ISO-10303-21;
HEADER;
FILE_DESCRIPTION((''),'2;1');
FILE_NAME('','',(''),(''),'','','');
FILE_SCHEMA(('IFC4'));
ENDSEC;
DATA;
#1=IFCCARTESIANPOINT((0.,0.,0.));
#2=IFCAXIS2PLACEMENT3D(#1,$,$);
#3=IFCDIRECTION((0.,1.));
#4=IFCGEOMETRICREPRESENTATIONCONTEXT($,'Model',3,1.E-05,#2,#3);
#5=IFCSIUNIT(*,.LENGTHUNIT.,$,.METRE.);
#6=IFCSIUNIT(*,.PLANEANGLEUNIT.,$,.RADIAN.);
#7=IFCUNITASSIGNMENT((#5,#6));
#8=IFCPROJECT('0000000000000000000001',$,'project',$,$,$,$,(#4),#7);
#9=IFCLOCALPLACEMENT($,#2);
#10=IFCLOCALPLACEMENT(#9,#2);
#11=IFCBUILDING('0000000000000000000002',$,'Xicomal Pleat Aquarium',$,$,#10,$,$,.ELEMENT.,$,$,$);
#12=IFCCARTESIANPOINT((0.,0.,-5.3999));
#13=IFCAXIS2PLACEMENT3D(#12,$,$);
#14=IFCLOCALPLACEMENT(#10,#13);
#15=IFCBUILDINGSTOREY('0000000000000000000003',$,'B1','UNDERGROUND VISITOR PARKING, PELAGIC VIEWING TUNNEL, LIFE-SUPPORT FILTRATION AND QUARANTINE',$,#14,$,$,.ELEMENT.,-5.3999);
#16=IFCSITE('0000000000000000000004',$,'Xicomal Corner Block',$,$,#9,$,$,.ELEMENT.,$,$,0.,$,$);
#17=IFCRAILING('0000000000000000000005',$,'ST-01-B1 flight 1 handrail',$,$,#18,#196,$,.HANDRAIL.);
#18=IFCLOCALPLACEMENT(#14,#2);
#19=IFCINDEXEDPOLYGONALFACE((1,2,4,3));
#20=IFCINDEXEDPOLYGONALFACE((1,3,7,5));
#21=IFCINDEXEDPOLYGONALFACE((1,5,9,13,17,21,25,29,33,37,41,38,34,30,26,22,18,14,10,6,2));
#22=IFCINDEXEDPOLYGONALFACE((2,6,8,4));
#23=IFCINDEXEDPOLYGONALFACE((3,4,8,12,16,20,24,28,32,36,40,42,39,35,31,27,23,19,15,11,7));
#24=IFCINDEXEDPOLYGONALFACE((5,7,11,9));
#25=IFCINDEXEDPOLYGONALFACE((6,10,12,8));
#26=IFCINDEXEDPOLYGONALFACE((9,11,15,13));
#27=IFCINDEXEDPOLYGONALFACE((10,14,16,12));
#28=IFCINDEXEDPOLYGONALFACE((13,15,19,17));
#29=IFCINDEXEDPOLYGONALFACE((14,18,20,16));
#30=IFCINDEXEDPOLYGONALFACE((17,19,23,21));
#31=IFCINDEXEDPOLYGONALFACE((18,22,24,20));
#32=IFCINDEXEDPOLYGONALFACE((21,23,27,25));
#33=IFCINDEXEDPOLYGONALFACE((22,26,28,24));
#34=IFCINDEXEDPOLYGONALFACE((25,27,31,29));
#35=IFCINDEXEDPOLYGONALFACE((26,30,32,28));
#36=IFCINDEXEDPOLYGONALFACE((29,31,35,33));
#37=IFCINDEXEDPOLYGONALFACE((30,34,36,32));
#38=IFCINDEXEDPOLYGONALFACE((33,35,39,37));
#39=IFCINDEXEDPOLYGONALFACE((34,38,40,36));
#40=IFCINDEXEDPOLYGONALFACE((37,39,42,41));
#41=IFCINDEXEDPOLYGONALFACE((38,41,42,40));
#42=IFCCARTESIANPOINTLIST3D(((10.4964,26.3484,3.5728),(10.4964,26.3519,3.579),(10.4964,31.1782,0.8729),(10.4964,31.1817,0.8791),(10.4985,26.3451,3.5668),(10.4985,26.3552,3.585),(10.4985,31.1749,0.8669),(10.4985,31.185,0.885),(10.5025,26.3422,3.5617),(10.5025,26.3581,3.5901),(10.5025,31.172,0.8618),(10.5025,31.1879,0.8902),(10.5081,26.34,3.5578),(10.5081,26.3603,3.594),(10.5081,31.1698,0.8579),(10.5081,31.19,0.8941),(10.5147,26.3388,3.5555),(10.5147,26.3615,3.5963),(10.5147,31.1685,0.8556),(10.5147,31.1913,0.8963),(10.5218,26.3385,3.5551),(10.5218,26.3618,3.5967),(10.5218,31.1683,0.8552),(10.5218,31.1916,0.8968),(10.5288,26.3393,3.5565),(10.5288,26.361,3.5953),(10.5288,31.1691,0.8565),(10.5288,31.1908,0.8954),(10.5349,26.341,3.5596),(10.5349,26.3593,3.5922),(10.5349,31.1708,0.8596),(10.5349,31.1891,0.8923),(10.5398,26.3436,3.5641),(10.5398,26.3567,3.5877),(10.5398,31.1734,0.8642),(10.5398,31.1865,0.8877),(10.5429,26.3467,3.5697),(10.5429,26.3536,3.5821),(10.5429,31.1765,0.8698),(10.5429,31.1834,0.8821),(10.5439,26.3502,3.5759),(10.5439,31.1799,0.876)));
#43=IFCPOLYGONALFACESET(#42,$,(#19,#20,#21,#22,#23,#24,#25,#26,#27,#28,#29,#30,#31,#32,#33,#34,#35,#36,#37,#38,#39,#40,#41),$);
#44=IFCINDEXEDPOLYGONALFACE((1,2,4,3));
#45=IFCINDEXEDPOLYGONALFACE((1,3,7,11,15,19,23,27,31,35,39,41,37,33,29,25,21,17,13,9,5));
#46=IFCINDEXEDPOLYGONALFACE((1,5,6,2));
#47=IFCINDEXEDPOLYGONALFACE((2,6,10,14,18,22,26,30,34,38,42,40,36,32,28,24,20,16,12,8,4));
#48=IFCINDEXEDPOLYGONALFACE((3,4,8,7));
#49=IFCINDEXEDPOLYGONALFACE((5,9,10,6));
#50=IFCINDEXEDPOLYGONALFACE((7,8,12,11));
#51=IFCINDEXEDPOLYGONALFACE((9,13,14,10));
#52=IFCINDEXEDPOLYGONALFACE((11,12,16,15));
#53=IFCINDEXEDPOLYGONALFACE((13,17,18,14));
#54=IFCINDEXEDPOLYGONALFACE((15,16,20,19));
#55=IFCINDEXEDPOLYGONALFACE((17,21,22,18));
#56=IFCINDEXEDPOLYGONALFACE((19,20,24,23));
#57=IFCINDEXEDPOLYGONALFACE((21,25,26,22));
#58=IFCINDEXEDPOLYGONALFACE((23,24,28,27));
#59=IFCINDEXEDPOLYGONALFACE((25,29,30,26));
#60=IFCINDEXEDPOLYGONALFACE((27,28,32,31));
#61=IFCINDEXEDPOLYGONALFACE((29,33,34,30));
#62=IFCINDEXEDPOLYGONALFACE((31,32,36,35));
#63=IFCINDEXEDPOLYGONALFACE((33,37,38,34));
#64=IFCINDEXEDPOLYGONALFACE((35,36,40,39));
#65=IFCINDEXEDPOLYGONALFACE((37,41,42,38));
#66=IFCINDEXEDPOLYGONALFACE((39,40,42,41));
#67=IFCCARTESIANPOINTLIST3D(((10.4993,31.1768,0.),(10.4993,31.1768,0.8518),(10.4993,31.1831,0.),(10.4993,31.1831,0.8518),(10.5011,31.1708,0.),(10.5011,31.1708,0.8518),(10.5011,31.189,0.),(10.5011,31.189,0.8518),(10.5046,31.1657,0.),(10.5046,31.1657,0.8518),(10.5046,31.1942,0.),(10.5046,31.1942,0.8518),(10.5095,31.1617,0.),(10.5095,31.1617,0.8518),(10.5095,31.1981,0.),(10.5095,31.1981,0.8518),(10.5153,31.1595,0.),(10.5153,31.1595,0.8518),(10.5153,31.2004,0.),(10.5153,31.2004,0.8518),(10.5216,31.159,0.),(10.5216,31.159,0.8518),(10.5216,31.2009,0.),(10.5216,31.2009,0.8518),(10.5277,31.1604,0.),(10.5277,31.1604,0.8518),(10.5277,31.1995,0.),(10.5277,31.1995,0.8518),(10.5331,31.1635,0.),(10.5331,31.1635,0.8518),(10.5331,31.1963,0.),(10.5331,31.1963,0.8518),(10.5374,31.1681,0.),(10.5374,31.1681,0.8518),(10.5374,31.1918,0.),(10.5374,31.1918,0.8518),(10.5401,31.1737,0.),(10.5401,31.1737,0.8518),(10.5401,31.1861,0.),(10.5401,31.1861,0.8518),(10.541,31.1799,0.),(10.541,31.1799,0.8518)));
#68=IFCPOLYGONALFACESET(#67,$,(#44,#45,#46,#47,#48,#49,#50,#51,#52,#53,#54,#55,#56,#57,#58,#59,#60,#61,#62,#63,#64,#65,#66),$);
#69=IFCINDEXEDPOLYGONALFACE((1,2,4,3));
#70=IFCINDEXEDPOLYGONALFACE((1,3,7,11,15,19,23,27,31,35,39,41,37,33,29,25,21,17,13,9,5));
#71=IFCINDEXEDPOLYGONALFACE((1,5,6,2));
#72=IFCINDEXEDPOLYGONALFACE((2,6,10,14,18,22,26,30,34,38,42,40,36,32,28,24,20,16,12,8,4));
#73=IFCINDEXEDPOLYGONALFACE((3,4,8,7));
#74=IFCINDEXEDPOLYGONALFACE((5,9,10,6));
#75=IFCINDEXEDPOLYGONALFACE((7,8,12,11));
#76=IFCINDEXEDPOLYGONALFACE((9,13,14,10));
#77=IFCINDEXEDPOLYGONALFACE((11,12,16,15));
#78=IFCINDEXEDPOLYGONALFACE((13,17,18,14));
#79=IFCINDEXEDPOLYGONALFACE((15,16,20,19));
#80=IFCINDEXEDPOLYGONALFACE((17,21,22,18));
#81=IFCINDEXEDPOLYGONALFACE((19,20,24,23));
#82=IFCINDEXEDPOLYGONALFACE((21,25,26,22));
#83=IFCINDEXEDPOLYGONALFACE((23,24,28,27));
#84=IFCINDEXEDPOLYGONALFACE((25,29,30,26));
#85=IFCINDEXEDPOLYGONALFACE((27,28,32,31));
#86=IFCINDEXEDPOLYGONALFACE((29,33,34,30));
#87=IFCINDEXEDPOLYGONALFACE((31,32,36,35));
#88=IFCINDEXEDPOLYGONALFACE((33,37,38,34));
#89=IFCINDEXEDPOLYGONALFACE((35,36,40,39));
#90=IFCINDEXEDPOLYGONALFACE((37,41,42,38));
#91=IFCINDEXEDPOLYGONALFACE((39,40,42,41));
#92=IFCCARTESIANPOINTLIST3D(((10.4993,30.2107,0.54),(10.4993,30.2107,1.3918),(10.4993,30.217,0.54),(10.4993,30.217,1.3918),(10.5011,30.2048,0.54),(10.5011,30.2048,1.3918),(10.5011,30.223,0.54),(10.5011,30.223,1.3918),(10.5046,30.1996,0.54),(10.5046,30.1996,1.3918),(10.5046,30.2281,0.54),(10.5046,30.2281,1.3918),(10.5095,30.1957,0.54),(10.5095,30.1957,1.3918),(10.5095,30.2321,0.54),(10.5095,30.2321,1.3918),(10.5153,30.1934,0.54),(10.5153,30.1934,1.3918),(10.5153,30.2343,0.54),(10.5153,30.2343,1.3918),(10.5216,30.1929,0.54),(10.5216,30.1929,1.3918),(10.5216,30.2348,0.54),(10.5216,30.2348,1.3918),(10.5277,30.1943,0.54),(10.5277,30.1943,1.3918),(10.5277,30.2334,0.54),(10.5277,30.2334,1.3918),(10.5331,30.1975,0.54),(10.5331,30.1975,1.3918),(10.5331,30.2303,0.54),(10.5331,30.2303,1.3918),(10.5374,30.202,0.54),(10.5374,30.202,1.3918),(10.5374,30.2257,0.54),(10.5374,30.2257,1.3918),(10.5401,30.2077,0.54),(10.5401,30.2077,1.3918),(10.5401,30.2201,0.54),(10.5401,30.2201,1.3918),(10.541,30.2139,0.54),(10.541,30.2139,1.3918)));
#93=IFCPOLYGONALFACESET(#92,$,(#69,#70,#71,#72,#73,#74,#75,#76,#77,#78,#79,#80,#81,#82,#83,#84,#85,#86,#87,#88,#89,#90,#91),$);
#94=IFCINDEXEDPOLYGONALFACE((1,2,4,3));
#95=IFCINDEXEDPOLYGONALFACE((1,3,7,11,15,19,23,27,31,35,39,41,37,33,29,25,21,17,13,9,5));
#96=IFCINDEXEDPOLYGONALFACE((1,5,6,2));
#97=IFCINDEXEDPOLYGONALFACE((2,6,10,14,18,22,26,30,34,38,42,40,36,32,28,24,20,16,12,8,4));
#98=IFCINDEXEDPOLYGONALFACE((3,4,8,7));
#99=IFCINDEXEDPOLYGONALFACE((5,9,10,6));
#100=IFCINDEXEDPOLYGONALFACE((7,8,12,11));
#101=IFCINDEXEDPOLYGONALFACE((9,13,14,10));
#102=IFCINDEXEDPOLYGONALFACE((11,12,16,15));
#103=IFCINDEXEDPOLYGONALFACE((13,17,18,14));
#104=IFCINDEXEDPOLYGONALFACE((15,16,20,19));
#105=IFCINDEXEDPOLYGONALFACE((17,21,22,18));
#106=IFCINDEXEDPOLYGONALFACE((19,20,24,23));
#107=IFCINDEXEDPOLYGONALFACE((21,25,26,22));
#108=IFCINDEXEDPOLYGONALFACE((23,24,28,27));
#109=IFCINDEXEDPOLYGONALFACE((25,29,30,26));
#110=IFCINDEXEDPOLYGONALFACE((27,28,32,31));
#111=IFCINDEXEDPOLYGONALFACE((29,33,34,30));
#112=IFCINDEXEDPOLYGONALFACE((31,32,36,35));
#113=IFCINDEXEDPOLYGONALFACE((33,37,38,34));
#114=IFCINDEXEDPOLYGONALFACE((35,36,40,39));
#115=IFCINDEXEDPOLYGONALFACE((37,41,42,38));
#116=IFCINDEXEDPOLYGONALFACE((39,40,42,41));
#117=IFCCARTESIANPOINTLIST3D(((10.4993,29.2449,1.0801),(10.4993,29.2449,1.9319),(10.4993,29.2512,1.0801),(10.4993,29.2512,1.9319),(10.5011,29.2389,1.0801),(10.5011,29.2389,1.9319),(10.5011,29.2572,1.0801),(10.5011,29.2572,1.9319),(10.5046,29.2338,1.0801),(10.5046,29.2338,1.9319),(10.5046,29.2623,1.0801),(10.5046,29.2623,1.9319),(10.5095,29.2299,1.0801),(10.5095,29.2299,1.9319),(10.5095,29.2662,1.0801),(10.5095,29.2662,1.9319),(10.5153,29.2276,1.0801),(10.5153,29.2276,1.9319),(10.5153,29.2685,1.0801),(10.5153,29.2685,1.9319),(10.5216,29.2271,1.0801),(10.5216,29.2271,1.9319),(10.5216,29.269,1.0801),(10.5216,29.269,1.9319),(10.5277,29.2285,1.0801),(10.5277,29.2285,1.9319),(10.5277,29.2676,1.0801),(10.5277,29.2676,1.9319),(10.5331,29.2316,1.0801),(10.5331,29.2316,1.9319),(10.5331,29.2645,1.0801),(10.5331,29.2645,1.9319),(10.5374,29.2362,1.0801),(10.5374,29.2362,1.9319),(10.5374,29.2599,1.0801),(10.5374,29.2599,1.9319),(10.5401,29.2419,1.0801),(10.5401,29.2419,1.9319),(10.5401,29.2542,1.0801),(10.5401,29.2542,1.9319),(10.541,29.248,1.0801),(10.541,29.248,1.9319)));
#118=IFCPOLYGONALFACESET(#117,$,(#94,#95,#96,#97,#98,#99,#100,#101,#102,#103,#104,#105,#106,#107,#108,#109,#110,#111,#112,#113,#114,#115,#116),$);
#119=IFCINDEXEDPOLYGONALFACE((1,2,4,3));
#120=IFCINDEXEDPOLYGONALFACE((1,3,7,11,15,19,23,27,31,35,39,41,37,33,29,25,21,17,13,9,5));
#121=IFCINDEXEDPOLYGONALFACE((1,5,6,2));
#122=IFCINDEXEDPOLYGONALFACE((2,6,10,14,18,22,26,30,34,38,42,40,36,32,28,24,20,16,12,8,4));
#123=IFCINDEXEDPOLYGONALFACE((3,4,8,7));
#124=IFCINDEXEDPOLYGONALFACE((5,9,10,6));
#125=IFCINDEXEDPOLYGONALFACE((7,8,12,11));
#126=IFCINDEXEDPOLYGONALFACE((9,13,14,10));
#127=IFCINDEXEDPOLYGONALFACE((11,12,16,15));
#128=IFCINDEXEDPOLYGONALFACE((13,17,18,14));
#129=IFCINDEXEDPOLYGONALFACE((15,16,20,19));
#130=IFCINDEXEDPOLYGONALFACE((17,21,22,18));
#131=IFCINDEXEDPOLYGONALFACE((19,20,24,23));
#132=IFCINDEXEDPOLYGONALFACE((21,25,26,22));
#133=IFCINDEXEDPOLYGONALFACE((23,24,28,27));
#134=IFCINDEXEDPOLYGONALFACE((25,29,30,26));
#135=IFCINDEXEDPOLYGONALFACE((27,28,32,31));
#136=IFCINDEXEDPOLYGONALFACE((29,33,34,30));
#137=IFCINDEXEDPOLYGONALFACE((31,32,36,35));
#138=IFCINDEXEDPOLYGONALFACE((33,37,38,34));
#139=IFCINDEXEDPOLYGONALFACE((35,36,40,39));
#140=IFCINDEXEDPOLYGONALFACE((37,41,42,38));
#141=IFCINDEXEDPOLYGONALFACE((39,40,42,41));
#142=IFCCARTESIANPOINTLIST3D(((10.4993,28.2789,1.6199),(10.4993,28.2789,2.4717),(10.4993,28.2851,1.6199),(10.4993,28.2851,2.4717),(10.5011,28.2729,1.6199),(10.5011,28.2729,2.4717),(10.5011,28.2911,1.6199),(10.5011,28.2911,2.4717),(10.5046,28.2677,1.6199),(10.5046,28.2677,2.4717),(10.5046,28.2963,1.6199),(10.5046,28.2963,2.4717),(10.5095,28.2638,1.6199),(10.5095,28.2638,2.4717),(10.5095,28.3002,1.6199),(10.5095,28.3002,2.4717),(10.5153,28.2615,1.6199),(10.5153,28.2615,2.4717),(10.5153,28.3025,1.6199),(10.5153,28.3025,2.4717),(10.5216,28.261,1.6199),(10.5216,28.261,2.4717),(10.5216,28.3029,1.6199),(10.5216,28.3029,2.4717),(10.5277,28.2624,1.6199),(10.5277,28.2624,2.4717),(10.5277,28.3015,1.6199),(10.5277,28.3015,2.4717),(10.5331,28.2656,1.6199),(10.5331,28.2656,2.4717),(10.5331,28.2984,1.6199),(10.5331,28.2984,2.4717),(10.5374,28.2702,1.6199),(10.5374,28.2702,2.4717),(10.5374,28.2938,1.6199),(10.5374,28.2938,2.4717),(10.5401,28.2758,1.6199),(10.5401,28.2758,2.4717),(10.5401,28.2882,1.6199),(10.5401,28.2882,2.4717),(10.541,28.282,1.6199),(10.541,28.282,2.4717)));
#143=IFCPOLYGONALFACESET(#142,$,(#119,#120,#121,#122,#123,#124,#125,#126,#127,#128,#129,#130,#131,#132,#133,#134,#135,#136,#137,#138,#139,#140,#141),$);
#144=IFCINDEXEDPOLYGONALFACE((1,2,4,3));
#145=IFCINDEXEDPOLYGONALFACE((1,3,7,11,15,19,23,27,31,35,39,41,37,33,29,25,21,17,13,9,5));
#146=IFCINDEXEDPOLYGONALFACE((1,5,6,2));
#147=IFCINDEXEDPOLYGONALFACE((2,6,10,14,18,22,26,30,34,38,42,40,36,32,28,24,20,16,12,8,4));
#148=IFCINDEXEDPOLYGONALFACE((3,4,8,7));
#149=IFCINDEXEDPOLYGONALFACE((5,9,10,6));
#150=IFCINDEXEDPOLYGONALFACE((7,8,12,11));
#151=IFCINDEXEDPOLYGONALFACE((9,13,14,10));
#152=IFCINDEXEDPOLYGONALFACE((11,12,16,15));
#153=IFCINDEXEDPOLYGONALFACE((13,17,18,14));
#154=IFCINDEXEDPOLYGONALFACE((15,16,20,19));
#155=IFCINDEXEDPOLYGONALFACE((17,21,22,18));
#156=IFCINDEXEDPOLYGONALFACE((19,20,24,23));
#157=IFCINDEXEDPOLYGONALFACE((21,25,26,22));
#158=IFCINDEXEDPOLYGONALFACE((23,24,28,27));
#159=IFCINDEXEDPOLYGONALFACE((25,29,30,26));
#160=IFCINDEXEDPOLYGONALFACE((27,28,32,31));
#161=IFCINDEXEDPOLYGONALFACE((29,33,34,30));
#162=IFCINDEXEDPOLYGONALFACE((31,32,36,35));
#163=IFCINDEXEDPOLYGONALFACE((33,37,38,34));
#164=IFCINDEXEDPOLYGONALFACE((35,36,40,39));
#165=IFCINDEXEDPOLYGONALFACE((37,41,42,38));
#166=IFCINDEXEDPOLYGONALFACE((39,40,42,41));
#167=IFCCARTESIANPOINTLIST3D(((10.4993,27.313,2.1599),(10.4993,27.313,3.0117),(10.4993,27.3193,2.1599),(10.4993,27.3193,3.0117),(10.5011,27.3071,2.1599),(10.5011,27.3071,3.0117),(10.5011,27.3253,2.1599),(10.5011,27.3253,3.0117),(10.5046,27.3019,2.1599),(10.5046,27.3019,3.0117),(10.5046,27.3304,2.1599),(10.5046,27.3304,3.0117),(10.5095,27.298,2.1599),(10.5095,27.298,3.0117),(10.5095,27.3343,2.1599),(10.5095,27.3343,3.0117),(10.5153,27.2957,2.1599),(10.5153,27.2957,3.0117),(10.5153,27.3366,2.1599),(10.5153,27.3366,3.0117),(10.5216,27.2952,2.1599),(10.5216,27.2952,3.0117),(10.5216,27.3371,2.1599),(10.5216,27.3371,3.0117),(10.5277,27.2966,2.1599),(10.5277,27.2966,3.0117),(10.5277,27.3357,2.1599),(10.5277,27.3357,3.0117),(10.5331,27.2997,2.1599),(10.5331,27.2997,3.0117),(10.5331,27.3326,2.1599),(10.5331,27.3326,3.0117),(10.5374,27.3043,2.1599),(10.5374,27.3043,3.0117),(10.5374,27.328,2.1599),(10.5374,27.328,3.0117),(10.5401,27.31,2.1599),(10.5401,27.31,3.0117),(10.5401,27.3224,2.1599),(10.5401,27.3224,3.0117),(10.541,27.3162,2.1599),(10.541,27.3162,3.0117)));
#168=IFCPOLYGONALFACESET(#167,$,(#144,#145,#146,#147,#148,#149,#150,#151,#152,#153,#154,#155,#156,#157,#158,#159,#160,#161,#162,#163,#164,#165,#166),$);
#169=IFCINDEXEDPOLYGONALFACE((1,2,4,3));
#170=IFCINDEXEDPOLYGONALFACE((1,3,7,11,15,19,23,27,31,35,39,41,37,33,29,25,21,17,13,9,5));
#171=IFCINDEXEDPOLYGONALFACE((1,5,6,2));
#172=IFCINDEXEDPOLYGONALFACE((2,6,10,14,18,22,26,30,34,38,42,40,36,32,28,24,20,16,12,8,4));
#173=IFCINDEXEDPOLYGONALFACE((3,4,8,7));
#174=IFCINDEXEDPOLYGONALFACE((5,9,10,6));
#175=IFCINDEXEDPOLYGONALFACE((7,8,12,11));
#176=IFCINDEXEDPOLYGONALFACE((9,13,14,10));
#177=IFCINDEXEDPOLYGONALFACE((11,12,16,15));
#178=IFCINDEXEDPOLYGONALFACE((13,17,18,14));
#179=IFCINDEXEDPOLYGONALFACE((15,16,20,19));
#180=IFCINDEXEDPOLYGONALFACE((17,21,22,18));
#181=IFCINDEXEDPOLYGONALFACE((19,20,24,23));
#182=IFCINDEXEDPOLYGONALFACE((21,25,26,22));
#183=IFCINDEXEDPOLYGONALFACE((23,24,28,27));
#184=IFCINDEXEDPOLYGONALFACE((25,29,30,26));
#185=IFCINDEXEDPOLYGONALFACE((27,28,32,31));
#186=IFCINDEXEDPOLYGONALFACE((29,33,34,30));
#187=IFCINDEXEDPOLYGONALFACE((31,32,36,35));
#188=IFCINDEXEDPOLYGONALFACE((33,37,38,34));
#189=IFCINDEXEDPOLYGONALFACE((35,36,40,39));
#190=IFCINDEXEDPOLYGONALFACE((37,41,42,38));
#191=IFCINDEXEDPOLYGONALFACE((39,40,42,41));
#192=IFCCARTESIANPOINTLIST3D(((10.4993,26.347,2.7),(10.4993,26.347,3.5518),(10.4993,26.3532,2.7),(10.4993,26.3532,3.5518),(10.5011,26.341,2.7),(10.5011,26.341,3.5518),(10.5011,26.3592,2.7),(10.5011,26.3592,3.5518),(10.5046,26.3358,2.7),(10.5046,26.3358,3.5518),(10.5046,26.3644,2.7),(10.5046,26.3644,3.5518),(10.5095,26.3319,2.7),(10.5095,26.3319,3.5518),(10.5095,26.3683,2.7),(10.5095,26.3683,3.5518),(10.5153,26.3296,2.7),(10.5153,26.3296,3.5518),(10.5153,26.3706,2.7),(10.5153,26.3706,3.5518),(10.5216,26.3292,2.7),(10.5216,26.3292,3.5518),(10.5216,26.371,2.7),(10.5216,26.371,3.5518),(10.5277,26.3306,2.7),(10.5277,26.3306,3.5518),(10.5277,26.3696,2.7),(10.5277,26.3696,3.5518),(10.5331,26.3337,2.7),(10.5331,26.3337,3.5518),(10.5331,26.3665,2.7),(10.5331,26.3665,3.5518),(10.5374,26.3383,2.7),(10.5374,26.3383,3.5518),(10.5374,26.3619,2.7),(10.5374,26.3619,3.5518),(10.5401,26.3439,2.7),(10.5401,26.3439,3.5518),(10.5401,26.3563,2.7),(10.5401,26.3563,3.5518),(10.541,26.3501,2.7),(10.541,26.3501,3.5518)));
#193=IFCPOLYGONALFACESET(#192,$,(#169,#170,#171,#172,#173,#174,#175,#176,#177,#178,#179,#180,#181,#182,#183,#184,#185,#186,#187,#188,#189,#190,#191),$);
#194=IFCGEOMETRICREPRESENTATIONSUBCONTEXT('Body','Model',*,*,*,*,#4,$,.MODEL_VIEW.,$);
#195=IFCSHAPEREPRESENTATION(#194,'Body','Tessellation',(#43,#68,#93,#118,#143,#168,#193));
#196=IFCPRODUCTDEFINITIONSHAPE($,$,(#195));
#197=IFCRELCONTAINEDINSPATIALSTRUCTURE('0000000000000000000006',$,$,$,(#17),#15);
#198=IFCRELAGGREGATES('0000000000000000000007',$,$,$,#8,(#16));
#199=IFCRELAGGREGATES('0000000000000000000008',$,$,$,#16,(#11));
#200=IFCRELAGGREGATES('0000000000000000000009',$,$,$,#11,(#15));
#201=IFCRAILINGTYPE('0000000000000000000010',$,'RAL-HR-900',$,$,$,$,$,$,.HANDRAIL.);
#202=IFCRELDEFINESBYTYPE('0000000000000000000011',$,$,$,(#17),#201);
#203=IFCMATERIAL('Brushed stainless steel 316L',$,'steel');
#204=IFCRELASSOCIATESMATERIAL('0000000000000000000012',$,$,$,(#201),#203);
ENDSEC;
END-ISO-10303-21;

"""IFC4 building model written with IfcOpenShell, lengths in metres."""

from ifc_helpers import new_model, si_unit, direction, frame, origin, origin_2d, place, context, subcontext, project, spatial, circle, extrude, material, type_object, element, save


model = new_model("IFC4")

# Units and contexts
model_context = context("Model", 3, precision=1e-05, world=origin(), true_north=direction((0.0, 1.0)))
body_context = subcontext(model_context, "Body", "Model", "MODEL_VIEW")
ifc_project = project(units=[si_unit("LENGTHUNIT", "METRE"), si_unit("PLANEANGLEUNIT", "RADIAN")], contexts=[model_context])

# Site, building, storey
site_placement = place(None, origin())
site = spatial("IfcSite", under=ifc_project, at=site_placement, Name="Xicomal Corner Block", CompositionType="ELEMENT", RefElevation=0.0)
building_placement = place(site_placement, origin())
building = spatial("IfcBuilding", under=site, at=building_placement, Name="Xicomal Pleat Aquarium", CompositionType="ELEMENT")
storey_placement = place(building_placement, frame((0.0, 0.0, -5.3999)))
storey = spatial("IfcBuildingStorey", under=building, at=storey_placement, Name="B1", Description="UNDERGROUND VISITOR PARKING, PELAGIC VIEWING TUNNEL, LIFE-SUPPORT FILTRATION AND QUARANTINE", CompositionType="ELEMENT", Elevation=-5.3999)

# Railing
ifc_material_1 = material(Name="Brushed stainless steel 316L", Category="steel")
railing_type_1 = type_object("IfcRailingType", Name="RAL-HR-900", PredefinedType="HANDRAIL", material=ifc_material_1)
railing_1_placement = place(storey_placement, frame((10.52, 31.1799, 0.0)))
element("IfcRailing", 1, at=railing_1_placement, inside=storey, type_object=railing_type_1, Name="ST-01-B1 flight 1 handrail", PredefinedType="HANDRAIL", context=body_context, shape_type="SweptSolid", body=[
    extrude(circle(Radius=0.0239, at=origin_2d()), frame((0.0, 0.0, 0.876), z_axis=(0.0, -0.872872, 0.487949), x_axis=(1.0, 0.0, 0.0)), (0.0, 0.0, 1.0), 5.5332),
    extrude(circle(Radius=0.021, at=origin_2d()), origin(), (0.0, 0.0, 1.0), 0.8518),
    extrude(circle(Radius=0.021, at=origin_2d()), frame((0.0, -0.9661, 0.54)), (0.0, 0.0, 1.0), 0.8518),
    extrude(circle(Radius=0.021, at=origin_2d()), frame((0.0, -1.9319, 1.0801)), (0.0, 0.0, 1.0), 0.8518),
    extrude(circle(Radius=0.021, at=origin_2d()), frame((0.0, -2.8979, 1.6199)), (0.0, 0.0, 1.0), 0.8518),
    extrude(circle(Radius=0.021, at=origin_2d()), frame((0.0, -3.8638, 2.1599)), (0.0, 0.0, 1.0), 0.8518),
    extrude(circle(Radius=0.021, at=origin_2d()), frame((0.0, -4.8298, 2.7)), (0.0, 0.0, 1.0), 0.8518),
])

save(model, "model.ifc")
